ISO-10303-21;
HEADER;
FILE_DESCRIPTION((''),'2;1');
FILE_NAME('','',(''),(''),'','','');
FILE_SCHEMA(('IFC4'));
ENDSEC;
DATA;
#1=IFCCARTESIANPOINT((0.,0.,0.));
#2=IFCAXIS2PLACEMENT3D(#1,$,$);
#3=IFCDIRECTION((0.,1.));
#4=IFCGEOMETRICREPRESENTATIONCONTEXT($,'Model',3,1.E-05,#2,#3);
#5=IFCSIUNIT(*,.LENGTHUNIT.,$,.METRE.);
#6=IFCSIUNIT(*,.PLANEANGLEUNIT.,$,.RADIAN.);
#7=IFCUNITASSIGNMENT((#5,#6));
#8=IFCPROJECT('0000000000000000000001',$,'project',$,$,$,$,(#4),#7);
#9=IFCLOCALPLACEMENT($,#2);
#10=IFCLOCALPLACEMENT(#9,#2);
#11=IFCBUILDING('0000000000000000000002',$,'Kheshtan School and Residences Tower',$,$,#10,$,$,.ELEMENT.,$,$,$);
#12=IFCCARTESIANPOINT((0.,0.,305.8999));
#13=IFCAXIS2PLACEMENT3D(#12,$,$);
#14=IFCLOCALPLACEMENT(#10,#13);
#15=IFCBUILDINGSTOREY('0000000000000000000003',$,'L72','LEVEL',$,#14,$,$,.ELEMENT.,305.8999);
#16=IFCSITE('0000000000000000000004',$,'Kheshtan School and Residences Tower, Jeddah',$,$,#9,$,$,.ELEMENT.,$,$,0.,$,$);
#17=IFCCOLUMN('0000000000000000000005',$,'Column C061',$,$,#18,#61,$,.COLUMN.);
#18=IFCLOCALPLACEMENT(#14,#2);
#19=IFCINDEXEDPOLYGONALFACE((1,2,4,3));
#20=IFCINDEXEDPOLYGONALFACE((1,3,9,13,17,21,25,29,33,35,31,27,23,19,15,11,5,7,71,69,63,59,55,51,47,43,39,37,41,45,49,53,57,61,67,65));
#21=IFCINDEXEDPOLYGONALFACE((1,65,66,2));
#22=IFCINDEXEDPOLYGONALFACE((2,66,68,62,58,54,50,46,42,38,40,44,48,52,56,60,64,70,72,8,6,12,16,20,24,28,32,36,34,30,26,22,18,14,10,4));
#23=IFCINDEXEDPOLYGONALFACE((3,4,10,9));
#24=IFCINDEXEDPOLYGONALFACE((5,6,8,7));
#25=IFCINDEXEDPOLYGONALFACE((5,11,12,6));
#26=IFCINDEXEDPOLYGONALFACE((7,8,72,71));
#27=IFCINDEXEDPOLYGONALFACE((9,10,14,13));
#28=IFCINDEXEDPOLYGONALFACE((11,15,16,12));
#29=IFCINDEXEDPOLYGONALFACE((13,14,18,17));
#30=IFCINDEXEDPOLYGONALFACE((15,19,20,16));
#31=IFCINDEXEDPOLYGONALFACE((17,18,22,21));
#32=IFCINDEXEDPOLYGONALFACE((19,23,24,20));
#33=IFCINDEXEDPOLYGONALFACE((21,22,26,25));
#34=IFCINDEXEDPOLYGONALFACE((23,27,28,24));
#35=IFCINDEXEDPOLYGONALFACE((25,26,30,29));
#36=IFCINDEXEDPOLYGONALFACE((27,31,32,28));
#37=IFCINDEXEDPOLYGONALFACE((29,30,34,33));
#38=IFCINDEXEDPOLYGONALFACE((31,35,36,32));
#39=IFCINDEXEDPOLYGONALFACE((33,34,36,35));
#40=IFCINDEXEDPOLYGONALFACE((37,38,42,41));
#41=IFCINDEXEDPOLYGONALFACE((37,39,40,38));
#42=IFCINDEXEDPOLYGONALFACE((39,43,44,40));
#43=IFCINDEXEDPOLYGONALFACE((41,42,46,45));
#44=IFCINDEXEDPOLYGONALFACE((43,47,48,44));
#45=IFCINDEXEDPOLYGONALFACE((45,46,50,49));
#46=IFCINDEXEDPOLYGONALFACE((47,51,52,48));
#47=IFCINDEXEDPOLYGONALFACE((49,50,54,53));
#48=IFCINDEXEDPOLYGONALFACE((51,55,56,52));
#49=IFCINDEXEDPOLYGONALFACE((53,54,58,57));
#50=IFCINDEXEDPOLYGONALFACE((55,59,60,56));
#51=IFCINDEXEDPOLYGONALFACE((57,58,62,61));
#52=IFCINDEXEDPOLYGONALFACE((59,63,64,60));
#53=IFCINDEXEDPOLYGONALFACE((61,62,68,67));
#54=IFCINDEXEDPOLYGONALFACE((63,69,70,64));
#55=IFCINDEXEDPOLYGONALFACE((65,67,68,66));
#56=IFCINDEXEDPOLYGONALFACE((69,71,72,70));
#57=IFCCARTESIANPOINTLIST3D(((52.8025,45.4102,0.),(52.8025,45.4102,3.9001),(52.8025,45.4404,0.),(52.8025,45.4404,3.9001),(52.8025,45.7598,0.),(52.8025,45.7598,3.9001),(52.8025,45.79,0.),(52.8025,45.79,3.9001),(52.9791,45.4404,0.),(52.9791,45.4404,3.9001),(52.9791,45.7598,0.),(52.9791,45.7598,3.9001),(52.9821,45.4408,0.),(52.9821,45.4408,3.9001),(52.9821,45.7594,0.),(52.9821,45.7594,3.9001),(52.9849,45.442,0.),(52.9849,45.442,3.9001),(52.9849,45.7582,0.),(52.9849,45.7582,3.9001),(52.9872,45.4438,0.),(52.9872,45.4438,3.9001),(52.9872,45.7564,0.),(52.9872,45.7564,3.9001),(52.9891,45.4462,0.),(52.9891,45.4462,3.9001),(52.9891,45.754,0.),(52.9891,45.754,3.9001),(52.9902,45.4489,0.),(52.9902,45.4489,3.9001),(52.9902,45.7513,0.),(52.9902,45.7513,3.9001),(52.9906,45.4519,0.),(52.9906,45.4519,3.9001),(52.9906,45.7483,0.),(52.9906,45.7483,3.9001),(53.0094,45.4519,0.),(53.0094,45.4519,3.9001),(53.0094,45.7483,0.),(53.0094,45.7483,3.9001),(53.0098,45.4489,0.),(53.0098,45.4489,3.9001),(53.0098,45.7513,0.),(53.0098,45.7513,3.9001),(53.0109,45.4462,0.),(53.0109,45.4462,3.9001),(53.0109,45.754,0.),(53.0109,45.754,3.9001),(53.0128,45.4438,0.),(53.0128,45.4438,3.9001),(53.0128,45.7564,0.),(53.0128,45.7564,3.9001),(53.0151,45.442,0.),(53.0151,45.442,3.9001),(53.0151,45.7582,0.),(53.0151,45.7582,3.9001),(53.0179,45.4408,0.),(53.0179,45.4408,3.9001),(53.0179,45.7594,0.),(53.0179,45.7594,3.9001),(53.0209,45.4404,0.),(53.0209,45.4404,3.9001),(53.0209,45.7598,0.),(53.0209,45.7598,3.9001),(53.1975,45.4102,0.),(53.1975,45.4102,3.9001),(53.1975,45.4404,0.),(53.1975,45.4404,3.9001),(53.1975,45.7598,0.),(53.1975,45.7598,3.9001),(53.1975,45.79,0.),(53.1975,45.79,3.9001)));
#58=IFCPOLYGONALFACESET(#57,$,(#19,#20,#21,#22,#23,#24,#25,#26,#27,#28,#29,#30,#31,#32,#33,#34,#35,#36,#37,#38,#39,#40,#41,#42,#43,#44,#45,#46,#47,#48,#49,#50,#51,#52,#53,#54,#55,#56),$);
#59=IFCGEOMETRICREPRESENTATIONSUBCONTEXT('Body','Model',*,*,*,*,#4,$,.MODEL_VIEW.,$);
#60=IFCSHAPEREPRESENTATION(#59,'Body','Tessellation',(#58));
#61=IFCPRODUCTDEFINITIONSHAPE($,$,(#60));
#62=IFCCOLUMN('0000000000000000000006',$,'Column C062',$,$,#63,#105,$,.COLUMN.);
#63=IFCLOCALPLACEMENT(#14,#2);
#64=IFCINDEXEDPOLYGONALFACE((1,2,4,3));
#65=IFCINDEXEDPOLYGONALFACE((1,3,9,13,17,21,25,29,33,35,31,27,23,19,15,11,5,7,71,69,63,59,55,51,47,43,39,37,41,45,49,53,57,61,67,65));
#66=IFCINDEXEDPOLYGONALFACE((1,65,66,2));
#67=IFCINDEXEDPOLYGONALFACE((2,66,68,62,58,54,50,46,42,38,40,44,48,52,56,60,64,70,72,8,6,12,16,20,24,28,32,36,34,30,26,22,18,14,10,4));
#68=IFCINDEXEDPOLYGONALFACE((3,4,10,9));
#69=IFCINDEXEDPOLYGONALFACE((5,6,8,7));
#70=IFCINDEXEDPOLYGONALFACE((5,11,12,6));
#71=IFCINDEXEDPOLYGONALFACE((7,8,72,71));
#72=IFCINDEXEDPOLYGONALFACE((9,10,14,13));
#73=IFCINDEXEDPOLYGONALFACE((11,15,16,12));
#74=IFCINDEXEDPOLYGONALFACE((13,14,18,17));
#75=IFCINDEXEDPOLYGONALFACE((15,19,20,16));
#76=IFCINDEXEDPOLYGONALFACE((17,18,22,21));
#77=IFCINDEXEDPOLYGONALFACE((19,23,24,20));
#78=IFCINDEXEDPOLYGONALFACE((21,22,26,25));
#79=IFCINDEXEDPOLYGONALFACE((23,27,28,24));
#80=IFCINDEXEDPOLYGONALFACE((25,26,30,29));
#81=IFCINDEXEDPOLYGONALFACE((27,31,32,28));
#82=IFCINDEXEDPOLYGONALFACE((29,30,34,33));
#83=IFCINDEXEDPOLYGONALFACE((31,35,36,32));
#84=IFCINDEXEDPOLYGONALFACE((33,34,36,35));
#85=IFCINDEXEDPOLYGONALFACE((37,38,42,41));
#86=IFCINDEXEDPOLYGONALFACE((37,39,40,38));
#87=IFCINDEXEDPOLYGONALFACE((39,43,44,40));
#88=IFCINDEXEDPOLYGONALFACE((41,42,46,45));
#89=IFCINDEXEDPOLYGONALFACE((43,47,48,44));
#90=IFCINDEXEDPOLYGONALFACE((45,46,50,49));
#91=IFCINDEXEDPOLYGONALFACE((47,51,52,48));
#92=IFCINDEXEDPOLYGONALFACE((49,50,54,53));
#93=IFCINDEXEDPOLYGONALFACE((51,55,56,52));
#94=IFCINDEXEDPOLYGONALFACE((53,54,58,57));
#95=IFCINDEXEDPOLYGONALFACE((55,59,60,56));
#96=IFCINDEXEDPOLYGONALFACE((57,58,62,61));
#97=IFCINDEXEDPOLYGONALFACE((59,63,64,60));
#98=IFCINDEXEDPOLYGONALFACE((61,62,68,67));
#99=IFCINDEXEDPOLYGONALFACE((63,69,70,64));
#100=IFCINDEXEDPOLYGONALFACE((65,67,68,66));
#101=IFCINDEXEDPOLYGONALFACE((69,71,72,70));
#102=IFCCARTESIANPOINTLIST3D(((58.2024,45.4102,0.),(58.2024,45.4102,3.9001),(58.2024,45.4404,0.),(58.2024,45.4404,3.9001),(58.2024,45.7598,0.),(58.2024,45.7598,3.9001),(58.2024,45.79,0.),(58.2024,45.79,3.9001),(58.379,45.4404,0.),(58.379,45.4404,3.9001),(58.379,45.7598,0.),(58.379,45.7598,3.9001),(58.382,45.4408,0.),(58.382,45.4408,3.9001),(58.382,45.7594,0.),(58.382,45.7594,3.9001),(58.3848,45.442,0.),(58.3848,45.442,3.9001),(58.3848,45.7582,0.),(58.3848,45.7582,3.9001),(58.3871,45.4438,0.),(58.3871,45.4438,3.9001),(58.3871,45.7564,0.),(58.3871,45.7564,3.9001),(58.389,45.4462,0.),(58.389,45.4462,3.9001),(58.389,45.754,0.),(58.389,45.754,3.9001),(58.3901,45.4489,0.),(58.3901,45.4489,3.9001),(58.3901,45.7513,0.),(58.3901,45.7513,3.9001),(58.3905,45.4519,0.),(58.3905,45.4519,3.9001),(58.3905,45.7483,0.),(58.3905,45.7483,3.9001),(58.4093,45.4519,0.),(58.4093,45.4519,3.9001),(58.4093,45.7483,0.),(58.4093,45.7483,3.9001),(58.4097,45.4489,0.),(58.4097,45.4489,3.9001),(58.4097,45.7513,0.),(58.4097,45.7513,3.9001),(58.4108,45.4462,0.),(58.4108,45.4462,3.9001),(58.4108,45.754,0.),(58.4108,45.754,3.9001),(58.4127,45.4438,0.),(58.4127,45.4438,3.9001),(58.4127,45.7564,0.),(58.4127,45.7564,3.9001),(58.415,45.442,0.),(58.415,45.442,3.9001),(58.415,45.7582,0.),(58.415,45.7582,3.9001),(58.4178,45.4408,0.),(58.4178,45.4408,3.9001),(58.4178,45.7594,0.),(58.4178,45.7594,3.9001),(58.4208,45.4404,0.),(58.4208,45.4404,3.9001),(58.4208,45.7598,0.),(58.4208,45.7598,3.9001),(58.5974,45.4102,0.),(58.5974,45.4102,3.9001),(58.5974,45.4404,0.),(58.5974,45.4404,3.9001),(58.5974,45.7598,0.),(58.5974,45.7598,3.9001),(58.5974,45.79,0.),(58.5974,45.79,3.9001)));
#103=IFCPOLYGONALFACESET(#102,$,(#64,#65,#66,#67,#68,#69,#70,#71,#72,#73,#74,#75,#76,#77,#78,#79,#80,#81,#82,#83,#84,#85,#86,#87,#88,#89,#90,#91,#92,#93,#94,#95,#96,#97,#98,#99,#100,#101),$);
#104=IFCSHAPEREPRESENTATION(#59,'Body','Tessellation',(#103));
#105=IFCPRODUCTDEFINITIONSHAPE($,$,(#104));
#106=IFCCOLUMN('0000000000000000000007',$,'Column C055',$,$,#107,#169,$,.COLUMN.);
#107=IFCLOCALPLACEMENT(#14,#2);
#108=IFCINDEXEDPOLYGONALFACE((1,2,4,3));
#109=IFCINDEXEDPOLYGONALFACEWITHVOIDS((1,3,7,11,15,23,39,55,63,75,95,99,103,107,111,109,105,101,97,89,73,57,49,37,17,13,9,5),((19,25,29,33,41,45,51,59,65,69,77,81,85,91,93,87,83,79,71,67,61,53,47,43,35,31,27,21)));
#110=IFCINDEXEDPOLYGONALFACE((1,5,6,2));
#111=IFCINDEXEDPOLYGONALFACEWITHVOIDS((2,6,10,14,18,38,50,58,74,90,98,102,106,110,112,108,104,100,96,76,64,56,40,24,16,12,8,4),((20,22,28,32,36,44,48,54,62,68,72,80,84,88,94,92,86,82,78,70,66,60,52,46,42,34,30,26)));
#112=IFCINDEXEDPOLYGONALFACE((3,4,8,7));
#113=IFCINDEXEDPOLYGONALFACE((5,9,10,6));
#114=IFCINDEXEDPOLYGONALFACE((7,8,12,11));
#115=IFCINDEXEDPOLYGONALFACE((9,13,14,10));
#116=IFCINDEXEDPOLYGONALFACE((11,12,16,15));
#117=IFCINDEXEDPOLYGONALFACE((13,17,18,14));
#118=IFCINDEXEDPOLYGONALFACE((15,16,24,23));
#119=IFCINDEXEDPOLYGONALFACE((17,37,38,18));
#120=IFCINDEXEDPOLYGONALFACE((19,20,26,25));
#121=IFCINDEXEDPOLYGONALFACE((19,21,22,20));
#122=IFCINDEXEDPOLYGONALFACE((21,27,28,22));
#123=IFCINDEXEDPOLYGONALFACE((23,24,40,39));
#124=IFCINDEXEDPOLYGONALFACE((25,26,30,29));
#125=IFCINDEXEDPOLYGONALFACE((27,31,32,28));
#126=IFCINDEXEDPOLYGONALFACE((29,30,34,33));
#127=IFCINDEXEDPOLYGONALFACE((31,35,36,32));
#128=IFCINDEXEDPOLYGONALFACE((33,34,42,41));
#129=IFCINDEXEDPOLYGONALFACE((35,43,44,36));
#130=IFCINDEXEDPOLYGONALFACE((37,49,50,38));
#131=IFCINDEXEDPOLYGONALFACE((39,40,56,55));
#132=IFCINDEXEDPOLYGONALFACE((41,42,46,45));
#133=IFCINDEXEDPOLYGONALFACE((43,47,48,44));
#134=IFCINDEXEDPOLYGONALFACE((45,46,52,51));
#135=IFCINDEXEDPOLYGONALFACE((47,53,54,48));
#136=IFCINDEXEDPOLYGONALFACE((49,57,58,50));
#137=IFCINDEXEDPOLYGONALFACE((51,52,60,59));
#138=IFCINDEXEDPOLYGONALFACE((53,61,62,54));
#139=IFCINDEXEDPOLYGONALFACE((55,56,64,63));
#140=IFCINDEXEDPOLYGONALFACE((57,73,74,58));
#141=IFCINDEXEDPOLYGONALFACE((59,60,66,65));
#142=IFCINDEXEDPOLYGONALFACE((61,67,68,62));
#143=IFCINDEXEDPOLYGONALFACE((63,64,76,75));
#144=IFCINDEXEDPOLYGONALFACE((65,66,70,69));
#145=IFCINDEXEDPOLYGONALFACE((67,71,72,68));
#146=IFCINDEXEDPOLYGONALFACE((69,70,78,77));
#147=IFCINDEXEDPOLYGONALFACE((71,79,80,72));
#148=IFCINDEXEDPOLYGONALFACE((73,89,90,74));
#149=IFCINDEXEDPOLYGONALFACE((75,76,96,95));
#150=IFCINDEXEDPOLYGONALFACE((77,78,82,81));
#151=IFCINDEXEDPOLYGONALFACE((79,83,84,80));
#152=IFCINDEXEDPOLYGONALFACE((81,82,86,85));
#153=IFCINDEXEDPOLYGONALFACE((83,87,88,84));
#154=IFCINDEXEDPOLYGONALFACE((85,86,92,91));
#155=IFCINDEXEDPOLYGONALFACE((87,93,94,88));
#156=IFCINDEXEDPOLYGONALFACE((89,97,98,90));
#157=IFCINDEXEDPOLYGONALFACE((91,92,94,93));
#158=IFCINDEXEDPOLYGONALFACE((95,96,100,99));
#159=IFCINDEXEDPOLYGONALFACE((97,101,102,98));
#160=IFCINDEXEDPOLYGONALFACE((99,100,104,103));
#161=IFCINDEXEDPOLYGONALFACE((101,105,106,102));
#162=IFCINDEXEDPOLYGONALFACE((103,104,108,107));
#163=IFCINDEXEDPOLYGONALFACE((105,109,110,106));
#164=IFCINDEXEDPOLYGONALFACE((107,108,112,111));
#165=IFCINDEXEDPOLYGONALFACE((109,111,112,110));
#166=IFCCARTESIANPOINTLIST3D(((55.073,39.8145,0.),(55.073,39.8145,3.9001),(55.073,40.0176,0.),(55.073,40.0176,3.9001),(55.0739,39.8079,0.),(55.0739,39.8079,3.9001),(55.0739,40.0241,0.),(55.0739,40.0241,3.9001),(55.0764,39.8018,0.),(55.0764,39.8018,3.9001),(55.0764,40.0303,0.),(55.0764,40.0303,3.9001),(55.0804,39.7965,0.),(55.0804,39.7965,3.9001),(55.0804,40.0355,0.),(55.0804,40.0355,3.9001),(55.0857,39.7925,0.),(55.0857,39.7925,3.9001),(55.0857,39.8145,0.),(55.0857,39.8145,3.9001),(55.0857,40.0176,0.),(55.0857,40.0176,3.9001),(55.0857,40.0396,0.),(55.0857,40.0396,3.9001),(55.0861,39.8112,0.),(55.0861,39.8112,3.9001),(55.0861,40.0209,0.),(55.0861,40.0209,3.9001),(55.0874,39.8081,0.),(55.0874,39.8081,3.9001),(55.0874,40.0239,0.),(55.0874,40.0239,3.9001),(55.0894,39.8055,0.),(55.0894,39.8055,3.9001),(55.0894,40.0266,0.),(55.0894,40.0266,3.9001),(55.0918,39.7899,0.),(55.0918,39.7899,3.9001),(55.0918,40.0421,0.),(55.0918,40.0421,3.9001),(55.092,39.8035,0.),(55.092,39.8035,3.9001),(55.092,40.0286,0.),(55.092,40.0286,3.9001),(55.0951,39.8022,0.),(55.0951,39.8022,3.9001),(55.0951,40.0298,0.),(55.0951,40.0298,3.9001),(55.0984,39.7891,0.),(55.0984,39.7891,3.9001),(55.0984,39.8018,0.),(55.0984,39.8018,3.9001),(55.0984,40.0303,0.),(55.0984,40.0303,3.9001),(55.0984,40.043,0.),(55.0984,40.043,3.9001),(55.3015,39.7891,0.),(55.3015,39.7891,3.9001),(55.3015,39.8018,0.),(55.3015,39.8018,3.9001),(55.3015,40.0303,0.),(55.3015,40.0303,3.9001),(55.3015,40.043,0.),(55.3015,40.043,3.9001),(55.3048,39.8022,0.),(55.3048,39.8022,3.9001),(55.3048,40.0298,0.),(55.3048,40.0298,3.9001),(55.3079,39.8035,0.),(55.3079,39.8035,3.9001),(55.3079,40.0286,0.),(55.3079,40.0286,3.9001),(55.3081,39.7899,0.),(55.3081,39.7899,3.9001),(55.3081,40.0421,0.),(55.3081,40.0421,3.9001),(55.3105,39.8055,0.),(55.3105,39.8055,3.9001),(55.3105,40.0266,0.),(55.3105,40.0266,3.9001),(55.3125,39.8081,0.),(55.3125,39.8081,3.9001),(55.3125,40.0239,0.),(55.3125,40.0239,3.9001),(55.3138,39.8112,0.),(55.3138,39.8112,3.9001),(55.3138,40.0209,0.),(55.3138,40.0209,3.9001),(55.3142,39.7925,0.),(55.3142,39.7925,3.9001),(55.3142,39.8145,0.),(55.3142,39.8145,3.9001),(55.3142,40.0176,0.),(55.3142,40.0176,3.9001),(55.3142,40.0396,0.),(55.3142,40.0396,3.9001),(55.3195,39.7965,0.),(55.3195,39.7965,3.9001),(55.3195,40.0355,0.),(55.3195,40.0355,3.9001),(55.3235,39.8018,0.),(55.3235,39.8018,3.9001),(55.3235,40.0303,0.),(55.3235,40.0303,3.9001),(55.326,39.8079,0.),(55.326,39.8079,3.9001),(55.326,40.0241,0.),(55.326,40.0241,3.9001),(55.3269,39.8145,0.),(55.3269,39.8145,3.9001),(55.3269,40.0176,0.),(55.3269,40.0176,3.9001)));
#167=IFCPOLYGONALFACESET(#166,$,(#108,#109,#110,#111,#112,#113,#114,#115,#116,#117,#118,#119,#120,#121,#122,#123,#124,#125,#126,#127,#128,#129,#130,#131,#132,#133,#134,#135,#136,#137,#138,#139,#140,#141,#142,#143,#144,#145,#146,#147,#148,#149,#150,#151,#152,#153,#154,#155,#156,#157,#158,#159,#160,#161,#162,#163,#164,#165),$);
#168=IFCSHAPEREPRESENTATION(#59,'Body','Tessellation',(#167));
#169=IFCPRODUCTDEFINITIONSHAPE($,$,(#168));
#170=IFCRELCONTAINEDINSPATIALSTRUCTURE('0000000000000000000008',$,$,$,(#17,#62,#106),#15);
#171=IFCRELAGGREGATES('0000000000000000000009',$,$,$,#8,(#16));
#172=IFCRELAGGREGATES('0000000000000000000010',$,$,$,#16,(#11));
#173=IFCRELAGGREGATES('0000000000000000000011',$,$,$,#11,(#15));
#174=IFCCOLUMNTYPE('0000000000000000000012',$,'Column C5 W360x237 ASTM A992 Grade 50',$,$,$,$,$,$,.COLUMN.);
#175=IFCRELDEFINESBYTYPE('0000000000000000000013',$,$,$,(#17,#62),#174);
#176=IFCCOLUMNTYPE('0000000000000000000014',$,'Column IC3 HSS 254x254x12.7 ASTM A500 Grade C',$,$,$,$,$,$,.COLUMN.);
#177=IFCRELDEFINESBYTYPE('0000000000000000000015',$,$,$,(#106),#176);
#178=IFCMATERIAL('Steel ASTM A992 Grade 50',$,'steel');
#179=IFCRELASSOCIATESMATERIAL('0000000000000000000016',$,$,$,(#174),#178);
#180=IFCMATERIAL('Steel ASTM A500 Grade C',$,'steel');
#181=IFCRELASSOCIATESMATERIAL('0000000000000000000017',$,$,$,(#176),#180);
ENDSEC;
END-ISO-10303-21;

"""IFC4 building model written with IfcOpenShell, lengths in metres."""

from ifc_helpers import new_model, si_unit, direction, frame, origin, origin_2d, place, context, subcontext, project, spatial, hollow_rectangle, i_section, extrude, material, material_profile, profile_set, type_object, element, save


model = new_model("IFC4")

# Units and contexts
model_context = context("Model", 3, precision=1e-05, world=origin(), true_north=direction((0.0, 1.0)))
body_context = subcontext(model_context, "Body", "Model", "MODEL_VIEW")
ifc_project = project(units=[si_unit("LENGTHUNIT", "METRE"), si_unit("PLANEANGLEUNIT", "RADIAN")], contexts=[model_context])

# Site, building, storey
site_placement = place(None, origin())
site = spatial("IfcSite", under=ifc_project, at=site_placement, Name="Kheshtan School and Residences Tower, Jeddah", CompositionType="ELEMENT", RefElevation=0.0)
building_placement = place(site_placement, origin())
building = spatial("IfcBuilding", under=site, at=building_placement, Name="Kheshtan School and Residences Tower", CompositionType="ELEMENT")
storey_placement = place(building_placement, frame((0.0, 0.0, 305.8999)))
storey = spatial("IfcBuildingStorey", under=building, at=storey_placement, Name="L72", Description="LEVEL", CompositionType="ELEMENT", Elevation=305.8999)

# Columns
ifc_material_1 = material(Name="Steel ASTM A992 Grade 50", Category="steel")
ifc_material_profile_1 = material_profile(ifc_material_1, i_section(OverallWidth=0.395, OverallDepth=0.3799, WebThickness=0.0188, FlangeThickness=0.0303, FilletRadius=0.0115, at=origin_2d()), Name="W360x237")
ifc_profile_set_1 = profile_set([ifc_material_profile_1], Name="Steel ASTM A992 Grade 50")
column_type_1 = type_object("IfcColumnType", Name="Column C5 W360x237 ASTM A992 Grade 50", PredefinedType="COLUMN", material=ifc_profile_set_1)
for number, where, z_axis, x_axis, name in (
    (1, (53.0, 45.6001, 0.0), (0.0, 0.0, 1.0), (1.0, 0.0, 0.0), "Column C061"),
    (2, (58.3999, 45.6001, 0.0), (0.0, 0.0, 1.0), (1.0, 0.0, 0.0), "Column C062"),
):
    element("IfcColumn", number, at=place(storey_placement, frame(where, z_axis=z_axis, x_axis=x_axis)), inside=storey, type_object=column_type_1, Name=name, PredefinedType="COLUMN", context=body_context, shape_type="SweptSolid", body=[
        extrude(i_section(OverallWidth=0.395, OverallDepth=0.3799, WebThickness=0.0188, FlangeThickness=0.0303, FilletRadius=0.0115, at=origin_2d()), origin(), (0.0, 0.0, 1.0), 3.9001),
    ])
ifc_material_2 = material(Name="Steel ASTM A500 Grade C", Category="steel")
ifc_material_profile_2 = material_profile(ifc_material_2, hollow_rectangle(XDim=0.2539, YDim=0.2539, WallThickness=0.0127, InnerFilletRadius=0.0127, OuterFilletRadius=0.0254, at=origin_2d()), Name="HSS 254x254x12.7")
ifc_profile_set_2 = profile_set([ifc_material_profile_2], Name="Steel ASTM A500 Grade C")
column_type_2 = type_object("IfcColumnType", Name="Column IC3 HSS 254x254x12.7 ASTM A500 Grade C", PredefinedType="COLUMN", material=ifc_profile_set_2)
column_placement = place(storey_placement, frame((55.2, 39.916, 0.0), z_axis=(0.0, 0.0, 1.0), x_axis=(1.0, 0.0, 0.0)))
element("IfcColumn", 3, at=column_placement, inside=storey, type_object=column_type_2, Name="Column C055", PredefinedType="COLUMN", context=body_context, shape_type="SweptSolid", body=[
    extrude(hollow_rectangle(XDim=0.2539, YDim=0.2539, WallThickness=0.0127, InnerFilletRadius=0.0127, OuterFilletRadius=0.0254, at=origin_2d()), origin(), (0.0, 0.0, 1.0), 3.9001),
])

save(model, "model.ifc")
